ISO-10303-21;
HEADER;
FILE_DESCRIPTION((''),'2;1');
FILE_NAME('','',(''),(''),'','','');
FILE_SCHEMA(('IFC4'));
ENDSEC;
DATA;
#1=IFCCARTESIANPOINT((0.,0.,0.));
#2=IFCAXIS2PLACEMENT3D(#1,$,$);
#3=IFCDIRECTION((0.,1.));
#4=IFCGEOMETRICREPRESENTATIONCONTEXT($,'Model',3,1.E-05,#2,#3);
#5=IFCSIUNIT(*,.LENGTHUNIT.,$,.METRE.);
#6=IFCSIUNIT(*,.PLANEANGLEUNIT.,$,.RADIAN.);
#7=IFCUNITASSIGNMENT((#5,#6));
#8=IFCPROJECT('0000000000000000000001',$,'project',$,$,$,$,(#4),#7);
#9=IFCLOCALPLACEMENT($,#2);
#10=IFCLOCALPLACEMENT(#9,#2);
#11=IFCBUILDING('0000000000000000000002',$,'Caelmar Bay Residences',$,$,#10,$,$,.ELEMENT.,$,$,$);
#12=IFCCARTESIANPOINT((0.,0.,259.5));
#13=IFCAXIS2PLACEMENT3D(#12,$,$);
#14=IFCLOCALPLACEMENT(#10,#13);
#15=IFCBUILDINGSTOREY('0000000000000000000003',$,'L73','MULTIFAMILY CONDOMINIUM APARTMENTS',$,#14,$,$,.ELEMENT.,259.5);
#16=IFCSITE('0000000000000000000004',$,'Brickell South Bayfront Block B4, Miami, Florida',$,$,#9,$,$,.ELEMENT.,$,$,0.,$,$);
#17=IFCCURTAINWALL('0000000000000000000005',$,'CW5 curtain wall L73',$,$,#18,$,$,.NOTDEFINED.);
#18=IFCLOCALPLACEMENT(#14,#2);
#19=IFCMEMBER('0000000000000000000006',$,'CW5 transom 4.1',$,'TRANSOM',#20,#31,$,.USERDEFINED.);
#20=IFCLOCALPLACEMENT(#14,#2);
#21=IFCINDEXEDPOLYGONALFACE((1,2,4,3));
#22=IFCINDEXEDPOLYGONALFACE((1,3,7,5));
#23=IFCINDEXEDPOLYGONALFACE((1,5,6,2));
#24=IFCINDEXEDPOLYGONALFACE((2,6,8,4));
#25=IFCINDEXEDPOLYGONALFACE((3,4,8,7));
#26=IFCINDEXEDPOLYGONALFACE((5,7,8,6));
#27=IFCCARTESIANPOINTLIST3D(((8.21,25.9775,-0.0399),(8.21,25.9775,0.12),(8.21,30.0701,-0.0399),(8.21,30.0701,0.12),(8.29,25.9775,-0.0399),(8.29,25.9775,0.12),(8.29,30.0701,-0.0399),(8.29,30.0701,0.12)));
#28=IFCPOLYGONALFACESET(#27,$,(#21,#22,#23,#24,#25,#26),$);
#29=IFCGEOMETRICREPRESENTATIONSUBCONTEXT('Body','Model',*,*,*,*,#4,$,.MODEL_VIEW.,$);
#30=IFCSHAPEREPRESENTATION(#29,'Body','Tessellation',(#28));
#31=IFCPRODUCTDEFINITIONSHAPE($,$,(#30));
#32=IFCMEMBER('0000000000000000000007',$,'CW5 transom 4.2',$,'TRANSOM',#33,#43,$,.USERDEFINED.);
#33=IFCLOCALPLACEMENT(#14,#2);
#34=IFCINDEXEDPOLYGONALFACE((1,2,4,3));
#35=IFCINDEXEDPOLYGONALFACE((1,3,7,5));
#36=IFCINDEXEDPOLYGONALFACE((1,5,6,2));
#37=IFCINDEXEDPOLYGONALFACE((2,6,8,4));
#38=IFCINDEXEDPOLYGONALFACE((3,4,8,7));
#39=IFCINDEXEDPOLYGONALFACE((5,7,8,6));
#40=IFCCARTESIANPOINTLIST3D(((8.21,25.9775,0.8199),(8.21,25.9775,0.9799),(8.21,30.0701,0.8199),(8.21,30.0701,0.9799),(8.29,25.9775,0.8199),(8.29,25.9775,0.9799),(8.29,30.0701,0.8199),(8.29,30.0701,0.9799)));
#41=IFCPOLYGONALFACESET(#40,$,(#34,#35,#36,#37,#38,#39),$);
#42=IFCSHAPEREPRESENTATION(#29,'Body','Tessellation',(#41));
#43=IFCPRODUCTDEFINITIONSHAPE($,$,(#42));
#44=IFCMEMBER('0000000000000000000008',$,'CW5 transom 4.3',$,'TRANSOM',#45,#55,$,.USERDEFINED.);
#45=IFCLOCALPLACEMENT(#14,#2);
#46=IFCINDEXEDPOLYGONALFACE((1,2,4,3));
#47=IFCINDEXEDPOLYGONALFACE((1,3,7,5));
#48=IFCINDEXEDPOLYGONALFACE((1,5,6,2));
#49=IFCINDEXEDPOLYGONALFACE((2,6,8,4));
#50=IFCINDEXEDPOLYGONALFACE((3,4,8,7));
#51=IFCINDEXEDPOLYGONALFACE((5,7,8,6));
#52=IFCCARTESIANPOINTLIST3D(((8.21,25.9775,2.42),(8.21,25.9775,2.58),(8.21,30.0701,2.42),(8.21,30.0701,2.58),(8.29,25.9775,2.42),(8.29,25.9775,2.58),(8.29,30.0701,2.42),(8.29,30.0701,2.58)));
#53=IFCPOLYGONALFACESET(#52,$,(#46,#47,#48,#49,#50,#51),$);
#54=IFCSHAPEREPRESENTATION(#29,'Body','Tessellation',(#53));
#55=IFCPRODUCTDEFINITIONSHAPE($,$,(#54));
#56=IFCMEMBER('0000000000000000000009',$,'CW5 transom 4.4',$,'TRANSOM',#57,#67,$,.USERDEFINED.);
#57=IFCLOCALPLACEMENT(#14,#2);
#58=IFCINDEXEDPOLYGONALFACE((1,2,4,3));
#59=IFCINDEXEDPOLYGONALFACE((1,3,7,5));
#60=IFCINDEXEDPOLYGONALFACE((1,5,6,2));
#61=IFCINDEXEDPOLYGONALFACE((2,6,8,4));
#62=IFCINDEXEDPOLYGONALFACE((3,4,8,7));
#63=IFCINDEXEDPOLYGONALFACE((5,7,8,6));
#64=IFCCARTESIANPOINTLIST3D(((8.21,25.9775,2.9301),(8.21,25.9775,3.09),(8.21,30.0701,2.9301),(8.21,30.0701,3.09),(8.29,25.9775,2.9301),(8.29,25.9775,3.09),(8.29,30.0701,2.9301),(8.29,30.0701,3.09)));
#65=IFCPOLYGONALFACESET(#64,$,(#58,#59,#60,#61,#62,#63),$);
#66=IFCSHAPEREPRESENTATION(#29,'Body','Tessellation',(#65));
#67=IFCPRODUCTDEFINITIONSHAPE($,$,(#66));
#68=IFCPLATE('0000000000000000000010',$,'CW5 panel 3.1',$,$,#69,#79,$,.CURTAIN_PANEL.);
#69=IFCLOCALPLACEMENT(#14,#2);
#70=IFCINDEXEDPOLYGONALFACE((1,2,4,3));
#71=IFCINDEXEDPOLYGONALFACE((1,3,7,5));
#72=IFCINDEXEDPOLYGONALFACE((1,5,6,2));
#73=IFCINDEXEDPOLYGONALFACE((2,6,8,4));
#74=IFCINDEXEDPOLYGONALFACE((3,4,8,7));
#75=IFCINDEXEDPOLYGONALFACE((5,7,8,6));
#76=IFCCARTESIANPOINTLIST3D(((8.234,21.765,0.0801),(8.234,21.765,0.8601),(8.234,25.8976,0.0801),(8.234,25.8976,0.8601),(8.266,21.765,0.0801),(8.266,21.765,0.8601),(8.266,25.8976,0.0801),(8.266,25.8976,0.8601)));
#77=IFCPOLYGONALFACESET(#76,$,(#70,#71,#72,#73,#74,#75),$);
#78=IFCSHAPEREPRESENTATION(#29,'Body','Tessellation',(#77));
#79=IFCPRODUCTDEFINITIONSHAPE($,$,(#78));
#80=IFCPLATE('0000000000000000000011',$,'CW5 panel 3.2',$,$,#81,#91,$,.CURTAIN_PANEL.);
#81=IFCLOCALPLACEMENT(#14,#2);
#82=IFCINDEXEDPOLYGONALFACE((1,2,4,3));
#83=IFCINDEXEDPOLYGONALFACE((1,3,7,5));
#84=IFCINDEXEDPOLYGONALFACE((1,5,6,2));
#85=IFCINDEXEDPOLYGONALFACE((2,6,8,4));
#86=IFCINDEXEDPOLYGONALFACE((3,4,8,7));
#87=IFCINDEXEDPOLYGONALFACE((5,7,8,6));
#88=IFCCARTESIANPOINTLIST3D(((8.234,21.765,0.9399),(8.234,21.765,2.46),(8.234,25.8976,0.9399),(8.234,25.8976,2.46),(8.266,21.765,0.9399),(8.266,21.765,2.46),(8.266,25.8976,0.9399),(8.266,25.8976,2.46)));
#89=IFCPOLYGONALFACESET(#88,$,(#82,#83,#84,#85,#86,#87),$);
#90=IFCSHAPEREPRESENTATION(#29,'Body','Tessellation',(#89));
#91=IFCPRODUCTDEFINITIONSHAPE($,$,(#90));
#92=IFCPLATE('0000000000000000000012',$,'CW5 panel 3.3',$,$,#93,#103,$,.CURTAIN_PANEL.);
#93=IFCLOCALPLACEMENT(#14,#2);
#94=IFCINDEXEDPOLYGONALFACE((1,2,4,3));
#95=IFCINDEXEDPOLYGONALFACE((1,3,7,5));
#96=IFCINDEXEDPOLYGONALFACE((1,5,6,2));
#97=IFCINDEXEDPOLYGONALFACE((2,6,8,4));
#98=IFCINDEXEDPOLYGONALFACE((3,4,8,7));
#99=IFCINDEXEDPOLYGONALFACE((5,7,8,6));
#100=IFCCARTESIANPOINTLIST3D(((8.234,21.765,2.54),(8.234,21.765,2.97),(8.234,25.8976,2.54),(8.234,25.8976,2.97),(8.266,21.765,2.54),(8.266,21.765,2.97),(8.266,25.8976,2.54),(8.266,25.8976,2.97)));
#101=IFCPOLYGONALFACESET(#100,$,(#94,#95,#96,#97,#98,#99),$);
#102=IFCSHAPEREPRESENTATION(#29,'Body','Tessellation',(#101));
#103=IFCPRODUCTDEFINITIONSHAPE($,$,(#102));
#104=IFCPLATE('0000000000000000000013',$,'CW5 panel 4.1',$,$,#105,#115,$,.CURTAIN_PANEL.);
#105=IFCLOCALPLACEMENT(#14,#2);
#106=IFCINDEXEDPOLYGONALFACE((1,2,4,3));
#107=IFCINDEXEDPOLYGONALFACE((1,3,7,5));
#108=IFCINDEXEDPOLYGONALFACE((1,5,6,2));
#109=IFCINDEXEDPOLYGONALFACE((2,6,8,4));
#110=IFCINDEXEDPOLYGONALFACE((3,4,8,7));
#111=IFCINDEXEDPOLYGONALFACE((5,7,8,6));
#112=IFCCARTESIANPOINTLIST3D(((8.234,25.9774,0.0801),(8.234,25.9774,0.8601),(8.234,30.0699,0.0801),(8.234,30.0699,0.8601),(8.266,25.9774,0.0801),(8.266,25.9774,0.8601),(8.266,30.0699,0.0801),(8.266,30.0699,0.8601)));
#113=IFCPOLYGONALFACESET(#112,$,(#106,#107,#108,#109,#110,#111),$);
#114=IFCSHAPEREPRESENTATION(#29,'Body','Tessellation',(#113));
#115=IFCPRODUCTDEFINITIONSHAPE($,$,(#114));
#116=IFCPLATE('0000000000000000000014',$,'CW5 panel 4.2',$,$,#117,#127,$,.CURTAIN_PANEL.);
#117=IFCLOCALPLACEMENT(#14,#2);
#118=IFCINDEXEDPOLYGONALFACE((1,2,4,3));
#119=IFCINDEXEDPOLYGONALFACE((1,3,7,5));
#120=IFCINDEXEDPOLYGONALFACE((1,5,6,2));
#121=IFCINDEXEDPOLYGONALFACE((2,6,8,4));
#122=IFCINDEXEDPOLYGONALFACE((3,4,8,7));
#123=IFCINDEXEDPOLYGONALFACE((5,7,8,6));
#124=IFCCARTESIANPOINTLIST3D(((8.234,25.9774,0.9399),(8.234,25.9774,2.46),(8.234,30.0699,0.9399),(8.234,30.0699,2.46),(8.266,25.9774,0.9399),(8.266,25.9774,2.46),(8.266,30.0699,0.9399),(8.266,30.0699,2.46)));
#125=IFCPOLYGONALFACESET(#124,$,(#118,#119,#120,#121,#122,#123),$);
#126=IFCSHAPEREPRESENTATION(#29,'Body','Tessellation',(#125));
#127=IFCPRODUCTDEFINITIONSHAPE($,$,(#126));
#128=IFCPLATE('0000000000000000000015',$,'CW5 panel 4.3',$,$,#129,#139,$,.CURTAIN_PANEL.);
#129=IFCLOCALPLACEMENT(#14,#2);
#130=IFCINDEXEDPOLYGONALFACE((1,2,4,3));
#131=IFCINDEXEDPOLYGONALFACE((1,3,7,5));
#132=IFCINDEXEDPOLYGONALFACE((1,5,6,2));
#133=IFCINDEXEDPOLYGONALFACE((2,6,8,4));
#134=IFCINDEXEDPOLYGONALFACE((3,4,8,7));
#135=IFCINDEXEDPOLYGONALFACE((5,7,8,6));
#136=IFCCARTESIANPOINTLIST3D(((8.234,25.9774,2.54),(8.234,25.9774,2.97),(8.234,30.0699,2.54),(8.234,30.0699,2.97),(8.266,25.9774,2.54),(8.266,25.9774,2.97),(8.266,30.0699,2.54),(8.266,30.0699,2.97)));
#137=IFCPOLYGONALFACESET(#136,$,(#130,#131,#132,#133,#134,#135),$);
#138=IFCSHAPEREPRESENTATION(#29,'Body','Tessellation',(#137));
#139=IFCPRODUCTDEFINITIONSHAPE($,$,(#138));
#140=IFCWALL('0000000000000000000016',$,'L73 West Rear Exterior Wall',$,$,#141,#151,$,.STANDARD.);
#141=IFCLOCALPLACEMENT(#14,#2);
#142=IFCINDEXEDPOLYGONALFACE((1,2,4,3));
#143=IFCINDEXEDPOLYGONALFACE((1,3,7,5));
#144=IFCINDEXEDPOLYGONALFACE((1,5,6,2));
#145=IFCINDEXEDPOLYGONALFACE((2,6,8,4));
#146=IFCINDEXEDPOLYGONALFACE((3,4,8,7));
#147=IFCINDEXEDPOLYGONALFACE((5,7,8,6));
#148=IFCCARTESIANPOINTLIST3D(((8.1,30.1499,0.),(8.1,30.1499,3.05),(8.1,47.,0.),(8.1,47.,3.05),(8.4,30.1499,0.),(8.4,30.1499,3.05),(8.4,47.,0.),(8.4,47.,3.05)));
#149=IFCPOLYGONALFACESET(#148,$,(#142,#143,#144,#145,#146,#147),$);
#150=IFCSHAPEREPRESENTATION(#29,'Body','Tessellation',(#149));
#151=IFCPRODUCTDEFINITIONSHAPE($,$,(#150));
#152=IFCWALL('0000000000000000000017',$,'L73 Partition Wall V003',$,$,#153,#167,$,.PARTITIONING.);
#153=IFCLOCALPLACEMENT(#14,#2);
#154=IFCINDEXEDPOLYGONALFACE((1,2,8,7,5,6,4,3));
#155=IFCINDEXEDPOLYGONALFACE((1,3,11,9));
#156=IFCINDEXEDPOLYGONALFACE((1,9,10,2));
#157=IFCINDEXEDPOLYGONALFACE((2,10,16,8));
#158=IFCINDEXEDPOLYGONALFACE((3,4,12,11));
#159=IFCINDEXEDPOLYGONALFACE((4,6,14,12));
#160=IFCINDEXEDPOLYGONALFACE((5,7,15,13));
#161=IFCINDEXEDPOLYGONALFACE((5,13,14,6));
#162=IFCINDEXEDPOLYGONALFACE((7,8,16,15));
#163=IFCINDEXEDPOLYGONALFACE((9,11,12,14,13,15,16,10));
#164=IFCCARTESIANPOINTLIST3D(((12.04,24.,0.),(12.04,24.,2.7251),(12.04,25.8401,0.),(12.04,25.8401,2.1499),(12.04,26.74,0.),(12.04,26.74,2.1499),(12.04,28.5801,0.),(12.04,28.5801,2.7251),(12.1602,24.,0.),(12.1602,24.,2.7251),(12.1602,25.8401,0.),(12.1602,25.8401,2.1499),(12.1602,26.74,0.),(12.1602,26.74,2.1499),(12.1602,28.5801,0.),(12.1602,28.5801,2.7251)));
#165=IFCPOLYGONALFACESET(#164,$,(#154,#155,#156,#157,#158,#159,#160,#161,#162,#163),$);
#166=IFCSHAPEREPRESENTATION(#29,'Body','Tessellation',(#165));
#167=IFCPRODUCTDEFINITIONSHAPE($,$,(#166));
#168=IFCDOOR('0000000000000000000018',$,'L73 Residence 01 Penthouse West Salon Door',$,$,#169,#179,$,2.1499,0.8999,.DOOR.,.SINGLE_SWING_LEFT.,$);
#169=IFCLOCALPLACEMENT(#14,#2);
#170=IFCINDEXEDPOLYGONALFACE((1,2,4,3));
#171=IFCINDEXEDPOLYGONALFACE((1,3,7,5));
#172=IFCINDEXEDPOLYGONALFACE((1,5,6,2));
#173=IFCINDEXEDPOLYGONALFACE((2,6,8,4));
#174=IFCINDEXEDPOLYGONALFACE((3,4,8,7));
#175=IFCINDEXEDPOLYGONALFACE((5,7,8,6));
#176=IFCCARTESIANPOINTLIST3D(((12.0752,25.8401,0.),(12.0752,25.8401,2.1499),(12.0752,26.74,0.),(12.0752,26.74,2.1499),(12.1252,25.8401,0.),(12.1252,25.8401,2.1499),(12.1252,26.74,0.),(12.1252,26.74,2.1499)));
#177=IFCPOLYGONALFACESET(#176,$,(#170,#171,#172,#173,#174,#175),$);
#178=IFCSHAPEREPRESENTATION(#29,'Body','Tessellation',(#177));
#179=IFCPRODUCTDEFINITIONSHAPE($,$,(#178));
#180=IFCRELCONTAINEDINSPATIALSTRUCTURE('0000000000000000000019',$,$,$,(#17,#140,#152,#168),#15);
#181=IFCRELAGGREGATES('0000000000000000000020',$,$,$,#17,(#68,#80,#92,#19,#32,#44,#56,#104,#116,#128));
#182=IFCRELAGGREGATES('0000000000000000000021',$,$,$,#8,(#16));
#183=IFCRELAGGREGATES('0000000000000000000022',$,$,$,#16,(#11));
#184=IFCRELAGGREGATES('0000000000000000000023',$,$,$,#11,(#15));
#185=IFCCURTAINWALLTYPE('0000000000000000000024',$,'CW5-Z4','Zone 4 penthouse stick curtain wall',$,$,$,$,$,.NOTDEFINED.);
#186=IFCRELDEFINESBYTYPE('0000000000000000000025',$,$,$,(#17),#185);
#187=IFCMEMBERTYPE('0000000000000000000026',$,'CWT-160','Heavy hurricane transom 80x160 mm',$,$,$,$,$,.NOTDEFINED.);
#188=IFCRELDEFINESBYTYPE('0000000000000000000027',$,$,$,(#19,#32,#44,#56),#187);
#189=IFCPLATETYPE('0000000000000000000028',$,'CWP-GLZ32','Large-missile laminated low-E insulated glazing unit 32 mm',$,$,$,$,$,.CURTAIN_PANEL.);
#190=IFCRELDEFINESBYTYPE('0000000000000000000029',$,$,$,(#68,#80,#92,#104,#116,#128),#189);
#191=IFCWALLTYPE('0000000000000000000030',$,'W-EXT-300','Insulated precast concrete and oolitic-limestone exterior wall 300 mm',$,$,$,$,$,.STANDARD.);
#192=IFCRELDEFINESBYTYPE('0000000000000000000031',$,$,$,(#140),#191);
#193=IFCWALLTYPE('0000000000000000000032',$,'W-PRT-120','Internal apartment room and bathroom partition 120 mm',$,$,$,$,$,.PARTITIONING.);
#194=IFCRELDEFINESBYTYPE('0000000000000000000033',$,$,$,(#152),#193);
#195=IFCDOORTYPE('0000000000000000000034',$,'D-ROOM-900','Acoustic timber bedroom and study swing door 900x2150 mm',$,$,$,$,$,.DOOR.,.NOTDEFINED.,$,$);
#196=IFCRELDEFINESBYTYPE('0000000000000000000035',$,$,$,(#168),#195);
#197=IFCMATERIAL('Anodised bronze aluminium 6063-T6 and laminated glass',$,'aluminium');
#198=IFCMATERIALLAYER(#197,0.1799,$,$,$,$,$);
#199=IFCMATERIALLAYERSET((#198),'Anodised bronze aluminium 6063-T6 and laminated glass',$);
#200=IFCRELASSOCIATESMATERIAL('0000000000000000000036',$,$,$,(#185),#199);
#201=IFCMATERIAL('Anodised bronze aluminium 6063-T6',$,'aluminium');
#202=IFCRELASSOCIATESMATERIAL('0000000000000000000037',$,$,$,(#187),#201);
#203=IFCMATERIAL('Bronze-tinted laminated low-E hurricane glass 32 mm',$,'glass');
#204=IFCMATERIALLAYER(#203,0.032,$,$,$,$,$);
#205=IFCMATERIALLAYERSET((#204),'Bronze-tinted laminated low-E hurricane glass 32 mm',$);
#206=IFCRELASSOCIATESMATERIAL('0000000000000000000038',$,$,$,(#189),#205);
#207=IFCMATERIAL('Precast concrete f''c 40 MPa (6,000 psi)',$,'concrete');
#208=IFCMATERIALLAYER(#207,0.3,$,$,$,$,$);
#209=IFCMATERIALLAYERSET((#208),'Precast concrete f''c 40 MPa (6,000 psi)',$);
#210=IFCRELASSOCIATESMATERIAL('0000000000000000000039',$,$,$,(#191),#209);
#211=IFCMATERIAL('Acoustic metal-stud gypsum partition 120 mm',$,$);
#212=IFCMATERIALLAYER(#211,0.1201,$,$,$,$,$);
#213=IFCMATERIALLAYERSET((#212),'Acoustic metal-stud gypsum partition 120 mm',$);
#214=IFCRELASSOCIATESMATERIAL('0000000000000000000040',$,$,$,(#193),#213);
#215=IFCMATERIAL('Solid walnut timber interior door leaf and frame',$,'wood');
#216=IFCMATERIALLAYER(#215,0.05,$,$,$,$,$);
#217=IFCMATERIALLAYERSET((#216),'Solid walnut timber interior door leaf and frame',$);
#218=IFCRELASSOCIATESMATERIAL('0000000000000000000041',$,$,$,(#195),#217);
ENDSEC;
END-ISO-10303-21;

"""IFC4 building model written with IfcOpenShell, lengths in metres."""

from ifc_helpers import new_model, si_unit, direction, frame, frame_2d, origin, origin_2d, place, context, subcontext, project, spatial, rectangle, extrude, material, layer, layer_set, material_profile, profile_set, type_object, element, fill, aggregate, save


model = new_model("IFC4")

# Units and contexts
model_context = context("Model", 3, precision=1e-05, world=origin(), true_north=direction((0.0, 1.0)))
body_context = subcontext(model_context, "Body", "Model", "MODEL_VIEW")
ifc_project = project(units=[si_unit("LENGTHUNIT", "METRE"), si_unit("PLANEANGLEUNIT", "RADIAN")], contexts=[model_context])

# Site, building, storey
site_placement = place(None, origin())
site = spatial("IfcSite", under=ifc_project, at=site_placement, Name="Brickell South Bayfront Block B4, Miami, Florida", CompositionType="ELEMENT", RefElevation=0.0)
building_placement = place(site_placement, origin())
building = spatial("IfcBuilding", under=site, at=building_placement, Name="Caelmar Bay Residences", CompositionType="ELEMENT")
storey_placement = place(building_placement, frame((0.0, 0.0, 259.5)))
storey = spatial("IfcBuildingStorey", under=building, at=storey_placement, Name="L73", Description="MULTIFAMILY CONDOMINIUM APARTMENTS", CompositionType="ELEMENT", Elevation=259.5)

# Curtain wall, members, plates
ifc_material_1 = material(Name="Anodised bronze aluminium 6063-T6 and laminated glass", Category="aluminium")
ifc_layer_1 = layer(ifc_material_1, 0.1799)
ifc_layer_set_1 = layer_set([ifc_layer_1], Name="Anodised bronze aluminium 6063-T6 and laminated glass")
curtain_wall_type = type_object("IfcCurtainWallType", Name="CW5-Z4", Description="Zone 4 penthouse stick curtain wall", PredefinedType="NOTDEFINED", material=ifc_layer_set_1)
curtain_wall_placement = place(storey_placement, origin())
curtain_wall = element("IfcCurtainWall", 1, at=curtain_wall_placement, inside=storey, type_object=curtain_wall_type, Name="CW5 curtain wall L73", PredefinedType="NOTDEFINED")
ifc_material_2 = material(Name="Anodised bronze aluminium 6063-T6", Category="aluminium")
ifc_material_profile_1 = material_profile(ifc_material_2, rectangle(XDim=0.0801, YDim=0.1599, at=origin_2d()), Name="CWT-80X160")
ifc_profile_set_1 = profile_set([ifc_material_profile_1], Name="Anodised bronze aluminium 6063-T6")
member_type_1 = type_object("IfcMemberType", Name="CWT-160", Description="Heavy hurricane transom 80x160 mm", PredefinedType="NOTDEFINED", material=ifc_profile_set_1)
member_1_placement = place(storey_placement, frame((8.25, 25.9775, 0.04), z_axis=(0.0, 1.0, 0.0), x_axis=(-1.0, 0.0, 0.0)))
member_1 = element("IfcMember", 2, at=member_1_placement, type_object=member_type_1, Name="CW5 transom 4.1", ObjectType="TRANSOM", PredefinedType="USERDEFINED", context=body_context, shape_type="SweptSolid", body=[
    extrude(rectangle(XDim=0.0801, YDim=0.1599, at=origin_2d()), origin(), (0.0, 0.0, 1.0), 4.0925),
])
member_2_placement = place(storey_placement, frame((8.25, 25.9775, 0.8999), z_axis=(0.0, 1.0, 0.0), x_axis=(-1.0, 0.0, 0.0)))
member_2 = element("IfcMember", 3, at=member_2_placement, type_object=member_type_1, Name="CW5 transom 4.2", ObjectType="TRANSOM", PredefinedType="USERDEFINED", context=body_context, shape_type="SweptSolid", body=[
    extrude(rectangle(XDim=0.0801, YDim=0.1599, at=origin_2d()), origin(), (0.0, 0.0, 1.0), 4.0925),
])
member_3_placement = place(storey_placement, frame((8.25, 25.9775, 2.5), z_axis=(0.0, 1.0, 0.0), x_axis=(-1.0, 0.0, 0.0)))
member_3 = element("IfcMember", 4, at=member_3_placement, type_object=member_type_1, Name="CW5 transom 4.3", ObjectType="TRANSOM", PredefinedType="USERDEFINED", context=body_context, shape_type="SweptSolid", body=[
    extrude(rectangle(XDim=0.0801, YDim=0.1599, at=origin_2d()), origin(), (0.0, 0.0, 1.0), 4.0925),
])
member_4_placement = place(storey_placement, frame((8.25, 25.9775, 3.01), z_axis=(0.0, 1.0, 0.0), x_axis=(-1.0, 0.0, 0.0)))
member_4 = element("IfcMember", 5, at=member_4_placement, type_object=member_type_1, Name="CW5 transom 4.4", ObjectType="TRANSOM", PredefinedType="USERDEFINED", context=body_context, shape_type="SweptSolid", body=[
    extrude(rectangle(XDim=0.0801, YDim=0.1599, at=origin_2d()), origin(), (0.0, 0.0, 1.0), 4.0925),
])
ifc_material_3 = material(Name="Bronze-tinted laminated low-E hurricane glass 32 mm", Category="glass")
ifc_layer_2 = layer(ifc_material_3, 0.032)
ifc_layer_set_2 = layer_set([ifc_layer_2], Name="Bronze-tinted laminated low-E hurricane glass 32 mm")
plate_type = type_object("IfcPlateType", Name="CWP-GLZ32", Description="Large-missile laminated low-E insulated glazing unit 32 mm", PredefinedType="CURTAIN_PANEL", material=ifc_layer_set_2)
plate_1_placement = place(storey_placement, frame((8.25, 23.8313, 0.0801), z_axis=(0.0, 0.0, 1.0), x_axis=(0.0, 1.0, 0.0)))
plate_1 = element("IfcPlate", 6, at=plate_1_placement, type_object=plate_type, Name="CW5 panel 3.1", PredefinedType="CURTAIN_PANEL", context=body_context, shape_type="SweptSolid", body=[
    extrude(rectangle(XDim=4.1326, YDim=0.032, at=origin_2d()), origin(), (0.0, 0.0, 1.0), 0.78),
])
plate_2_placement = place(storey_placement, frame((8.25, 23.8313, 0.9399), z_axis=(0.0, 0.0, 1.0), x_axis=(0.0, 1.0, 0.0)))
plate_2 = element("IfcPlate", 7, at=plate_2_placement, type_object=plate_type, Name="CW5 panel 3.2", PredefinedType="CURTAIN_PANEL", context=body_context, shape_type="SweptSolid", body=[
    extrude(rectangle(XDim=4.1326, YDim=0.032, at=origin_2d()), origin(), (0.0, 0.0, 1.0), 1.52),
])
plate_3_placement = place(storey_placement, frame((8.25, 23.8313, 2.54), z_axis=(0.0, 0.0, 1.0), x_axis=(0.0, 1.0, 0.0)))
plate_3 = element("IfcPlate", 8, at=plate_3_placement, type_object=plate_type, Name="CW5 panel 3.3", PredefinedType="CURTAIN_PANEL", context=body_context, shape_type="SweptSolid", body=[
    extrude(rectangle(XDim=4.1326, YDim=0.032, at=origin_2d()), origin(), (0.0, 0.0, 1.0), 0.4299),
])
plate_4_placement = place(storey_placement, frame((8.25, 28.0237, 0.0801), z_axis=(0.0, 0.0, 1.0), x_axis=(0.0, 1.0, 0.0)))
plate_4 = element("IfcPlate", 9, at=plate_4_placement, type_object=plate_type, Name="CW5 panel 4.1", PredefinedType="CURTAIN_PANEL", context=body_context, shape_type="SweptSolid", body=[
    extrude(rectangle(XDim=4.0925, YDim=0.032, at=origin_2d()), origin(), (0.0, 0.0, 1.0), 0.78),
])
plate_5_placement = place(storey_placement, frame((8.25, 28.0237, 0.9399), z_axis=(0.0, 0.0, 1.0), x_axis=(0.0, 1.0, 0.0)))
plate_5 = element("IfcPlate", 10, at=plate_5_placement, type_object=plate_type, Name="CW5 panel 4.2", PredefinedType="CURTAIN_PANEL", context=body_context, shape_type="SweptSolid", body=[
    extrude(rectangle(XDim=4.0925, YDim=0.032, at=origin_2d()), origin(), (0.0, 0.0, 1.0), 1.52),
])
plate_6_placement = place(storey_placement, frame((8.25, 28.0237, 2.54), z_axis=(0.0, 0.0, 1.0), x_axis=(0.0, 1.0, 0.0)))
plate_6 = element("IfcPlate", 11, at=plate_6_placement, type_object=plate_type, Name="CW5 panel 4.3", PredefinedType="CURTAIN_PANEL", context=body_context, shape_type="SweptSolid", body=[
    extrude(rectangle(XDim=4.0925, YDim=0.032, at=origin_2d()), origin(), (0.0, 0.0, 1.0), 0.4299),
])
aggregate(curtain_wall, [plate_1, plate_2, plate_3, member_1, member_2, member_3, member_4, plate_4, plate_5, plate_6])

# Wall
ifc_material_4 = material(Name="Precast concrete f'c 40 MPa (6,000 psi)", Category="concrete")
ifc_layer_3 = layer(ifc_material_4, 0.3)
ifc_layer_set_3 = layer_set([ifc_layer_3], Name="Precast concrete f'c 40 MPa (6,000 psi)")
wall_type_1 = type_object("IfcWallType", Name="W-EXT-300", Description="Insulated precast concrete and oolitic-limestone exterior wall 300 mm", PredefinedType="STANDARD", material=ifc_layer_set_3)
wall_1_placement = place(storey_placement, frame((8.25, 30.1499, 0.0), z_axis=(0.0, 0.0, 1.0), x_axis=(0.0, 1.0, 0.0)))
element("IfcWall", 12, at=wall_1_placement, inside=storey, type_object=wall_type_1, Name="L73 West Rear Exterior Wall", PredefinedType="STANDARD", context=body_context, shape_type="SweptSolid", body=[
    extrude(rectangle(XDim=16.8501, YDim=0.3, at=frame_2d((8.425, 0.0))), origin(), (0.0, 0.0, 1.0), 3.05),
])

# Wall, opening, door
ifc_material_5 = material(Name="Acoustic metal-stud gypsum partition 120 mm")
ifc_layer_4 = layer(ifc_material_5, 0.1201)
ifc_layer_set_4 = layer_set([ifc_layer_4], Name="Acoustic metal-stud gypsum partition 120 mm")
wall_type_2 = type_object("IfcWallType", Name="W-PRT-120", Description="Internal apartment room and bathroom partition 120 mm", PredefinedType="PARTITIONING", material=ifc_layer_set_4)
wall_2_placement = place(storey_placement, frame((12.1001, 24.0, 0.0), z_axis=(0.0, 0.0, 1.0), x_axis=(0.0, 1.0, 0.0)))
wall_2 = element("IfcWall", 13, at=wall_2_placement, inside=storey, type_object=wall_type_2, Name="L73 Partition Wall V003", PredefinedType="PARTITIONING", context=body_context, shape_type="SweptSolid", body=[
    extrude(rectangle(XDim=4.5801, YDim=0.1201, at=frame_2d((2.29, 0.0))), origin(), (0.0, 0.0, 1.0), 2.7251),
])
opening_1_placement = place(wall_2_placement, frame((1.8401, 0.0, 0.0)))
opening_1 = element("IfcOpeningElement", 14, at=opening_1_placement, cuts=wall_2, PredefinedType="OPENING", context=body_context, shape_type="SweptSolid", body=[
    extrude(rectangle(XDim=0.8999, YDim=2.1499, at=frame_2d((0.45, 1.075))), frame((0.0, 0.0701, 0.0), z_axis=(0.0, -1.0, 0.0), x_axis=(1.0, 0.0, 0.0)), (0.0, 0.0, 1.0), 0.1401),
])
ifc_material_6 = material(Name="Solid walnut timber interior door leaf and frame", Category="wood")
ifc_layer_5 = layer(ifc_material_6, 0.05)
ifc_layer_set_5 = layer_set([ifc_layer_5], Name="Solid walnut timber interior door leaf and frame")
door_type = type_object("IfcDoorType", Name="D-ROOM-900", Description="Acoustic timber bedroom and study swing door 900x2150 mm", OperationType="NOTDEFINED", PredefinedType="DOOR", material=ifc_layer_set_5)
door_1_placement = place(opening_1_placement, origin())
door_1 = element("IfcDoor", 15, at=door_1_placement, inside=storey, type_object=door_type, Name="L73 Residence 01 Penthouse West Salon Door", OperationType="SINGLE_SWING_LEFT", OverallHeight=2.1499, OverallWidth=0.8999, PredefinedType="DOOR", context=body_context, shape_type="SweptSolid", body=[
    extrude(rectangle(XDim=0.8999, YDim=2.1499, at=frame_2d((0.45, 1.075))), frame((0.0, 0.0249, 0.0), z_axis=(0.0, -1.0, 0.0), x_axis=(1.0, 0.0, 0.0)), (0.0, 0.0, 1.0), 0.05),
])
fill(opening_1, door_1)

save(model, "model.ifc")
